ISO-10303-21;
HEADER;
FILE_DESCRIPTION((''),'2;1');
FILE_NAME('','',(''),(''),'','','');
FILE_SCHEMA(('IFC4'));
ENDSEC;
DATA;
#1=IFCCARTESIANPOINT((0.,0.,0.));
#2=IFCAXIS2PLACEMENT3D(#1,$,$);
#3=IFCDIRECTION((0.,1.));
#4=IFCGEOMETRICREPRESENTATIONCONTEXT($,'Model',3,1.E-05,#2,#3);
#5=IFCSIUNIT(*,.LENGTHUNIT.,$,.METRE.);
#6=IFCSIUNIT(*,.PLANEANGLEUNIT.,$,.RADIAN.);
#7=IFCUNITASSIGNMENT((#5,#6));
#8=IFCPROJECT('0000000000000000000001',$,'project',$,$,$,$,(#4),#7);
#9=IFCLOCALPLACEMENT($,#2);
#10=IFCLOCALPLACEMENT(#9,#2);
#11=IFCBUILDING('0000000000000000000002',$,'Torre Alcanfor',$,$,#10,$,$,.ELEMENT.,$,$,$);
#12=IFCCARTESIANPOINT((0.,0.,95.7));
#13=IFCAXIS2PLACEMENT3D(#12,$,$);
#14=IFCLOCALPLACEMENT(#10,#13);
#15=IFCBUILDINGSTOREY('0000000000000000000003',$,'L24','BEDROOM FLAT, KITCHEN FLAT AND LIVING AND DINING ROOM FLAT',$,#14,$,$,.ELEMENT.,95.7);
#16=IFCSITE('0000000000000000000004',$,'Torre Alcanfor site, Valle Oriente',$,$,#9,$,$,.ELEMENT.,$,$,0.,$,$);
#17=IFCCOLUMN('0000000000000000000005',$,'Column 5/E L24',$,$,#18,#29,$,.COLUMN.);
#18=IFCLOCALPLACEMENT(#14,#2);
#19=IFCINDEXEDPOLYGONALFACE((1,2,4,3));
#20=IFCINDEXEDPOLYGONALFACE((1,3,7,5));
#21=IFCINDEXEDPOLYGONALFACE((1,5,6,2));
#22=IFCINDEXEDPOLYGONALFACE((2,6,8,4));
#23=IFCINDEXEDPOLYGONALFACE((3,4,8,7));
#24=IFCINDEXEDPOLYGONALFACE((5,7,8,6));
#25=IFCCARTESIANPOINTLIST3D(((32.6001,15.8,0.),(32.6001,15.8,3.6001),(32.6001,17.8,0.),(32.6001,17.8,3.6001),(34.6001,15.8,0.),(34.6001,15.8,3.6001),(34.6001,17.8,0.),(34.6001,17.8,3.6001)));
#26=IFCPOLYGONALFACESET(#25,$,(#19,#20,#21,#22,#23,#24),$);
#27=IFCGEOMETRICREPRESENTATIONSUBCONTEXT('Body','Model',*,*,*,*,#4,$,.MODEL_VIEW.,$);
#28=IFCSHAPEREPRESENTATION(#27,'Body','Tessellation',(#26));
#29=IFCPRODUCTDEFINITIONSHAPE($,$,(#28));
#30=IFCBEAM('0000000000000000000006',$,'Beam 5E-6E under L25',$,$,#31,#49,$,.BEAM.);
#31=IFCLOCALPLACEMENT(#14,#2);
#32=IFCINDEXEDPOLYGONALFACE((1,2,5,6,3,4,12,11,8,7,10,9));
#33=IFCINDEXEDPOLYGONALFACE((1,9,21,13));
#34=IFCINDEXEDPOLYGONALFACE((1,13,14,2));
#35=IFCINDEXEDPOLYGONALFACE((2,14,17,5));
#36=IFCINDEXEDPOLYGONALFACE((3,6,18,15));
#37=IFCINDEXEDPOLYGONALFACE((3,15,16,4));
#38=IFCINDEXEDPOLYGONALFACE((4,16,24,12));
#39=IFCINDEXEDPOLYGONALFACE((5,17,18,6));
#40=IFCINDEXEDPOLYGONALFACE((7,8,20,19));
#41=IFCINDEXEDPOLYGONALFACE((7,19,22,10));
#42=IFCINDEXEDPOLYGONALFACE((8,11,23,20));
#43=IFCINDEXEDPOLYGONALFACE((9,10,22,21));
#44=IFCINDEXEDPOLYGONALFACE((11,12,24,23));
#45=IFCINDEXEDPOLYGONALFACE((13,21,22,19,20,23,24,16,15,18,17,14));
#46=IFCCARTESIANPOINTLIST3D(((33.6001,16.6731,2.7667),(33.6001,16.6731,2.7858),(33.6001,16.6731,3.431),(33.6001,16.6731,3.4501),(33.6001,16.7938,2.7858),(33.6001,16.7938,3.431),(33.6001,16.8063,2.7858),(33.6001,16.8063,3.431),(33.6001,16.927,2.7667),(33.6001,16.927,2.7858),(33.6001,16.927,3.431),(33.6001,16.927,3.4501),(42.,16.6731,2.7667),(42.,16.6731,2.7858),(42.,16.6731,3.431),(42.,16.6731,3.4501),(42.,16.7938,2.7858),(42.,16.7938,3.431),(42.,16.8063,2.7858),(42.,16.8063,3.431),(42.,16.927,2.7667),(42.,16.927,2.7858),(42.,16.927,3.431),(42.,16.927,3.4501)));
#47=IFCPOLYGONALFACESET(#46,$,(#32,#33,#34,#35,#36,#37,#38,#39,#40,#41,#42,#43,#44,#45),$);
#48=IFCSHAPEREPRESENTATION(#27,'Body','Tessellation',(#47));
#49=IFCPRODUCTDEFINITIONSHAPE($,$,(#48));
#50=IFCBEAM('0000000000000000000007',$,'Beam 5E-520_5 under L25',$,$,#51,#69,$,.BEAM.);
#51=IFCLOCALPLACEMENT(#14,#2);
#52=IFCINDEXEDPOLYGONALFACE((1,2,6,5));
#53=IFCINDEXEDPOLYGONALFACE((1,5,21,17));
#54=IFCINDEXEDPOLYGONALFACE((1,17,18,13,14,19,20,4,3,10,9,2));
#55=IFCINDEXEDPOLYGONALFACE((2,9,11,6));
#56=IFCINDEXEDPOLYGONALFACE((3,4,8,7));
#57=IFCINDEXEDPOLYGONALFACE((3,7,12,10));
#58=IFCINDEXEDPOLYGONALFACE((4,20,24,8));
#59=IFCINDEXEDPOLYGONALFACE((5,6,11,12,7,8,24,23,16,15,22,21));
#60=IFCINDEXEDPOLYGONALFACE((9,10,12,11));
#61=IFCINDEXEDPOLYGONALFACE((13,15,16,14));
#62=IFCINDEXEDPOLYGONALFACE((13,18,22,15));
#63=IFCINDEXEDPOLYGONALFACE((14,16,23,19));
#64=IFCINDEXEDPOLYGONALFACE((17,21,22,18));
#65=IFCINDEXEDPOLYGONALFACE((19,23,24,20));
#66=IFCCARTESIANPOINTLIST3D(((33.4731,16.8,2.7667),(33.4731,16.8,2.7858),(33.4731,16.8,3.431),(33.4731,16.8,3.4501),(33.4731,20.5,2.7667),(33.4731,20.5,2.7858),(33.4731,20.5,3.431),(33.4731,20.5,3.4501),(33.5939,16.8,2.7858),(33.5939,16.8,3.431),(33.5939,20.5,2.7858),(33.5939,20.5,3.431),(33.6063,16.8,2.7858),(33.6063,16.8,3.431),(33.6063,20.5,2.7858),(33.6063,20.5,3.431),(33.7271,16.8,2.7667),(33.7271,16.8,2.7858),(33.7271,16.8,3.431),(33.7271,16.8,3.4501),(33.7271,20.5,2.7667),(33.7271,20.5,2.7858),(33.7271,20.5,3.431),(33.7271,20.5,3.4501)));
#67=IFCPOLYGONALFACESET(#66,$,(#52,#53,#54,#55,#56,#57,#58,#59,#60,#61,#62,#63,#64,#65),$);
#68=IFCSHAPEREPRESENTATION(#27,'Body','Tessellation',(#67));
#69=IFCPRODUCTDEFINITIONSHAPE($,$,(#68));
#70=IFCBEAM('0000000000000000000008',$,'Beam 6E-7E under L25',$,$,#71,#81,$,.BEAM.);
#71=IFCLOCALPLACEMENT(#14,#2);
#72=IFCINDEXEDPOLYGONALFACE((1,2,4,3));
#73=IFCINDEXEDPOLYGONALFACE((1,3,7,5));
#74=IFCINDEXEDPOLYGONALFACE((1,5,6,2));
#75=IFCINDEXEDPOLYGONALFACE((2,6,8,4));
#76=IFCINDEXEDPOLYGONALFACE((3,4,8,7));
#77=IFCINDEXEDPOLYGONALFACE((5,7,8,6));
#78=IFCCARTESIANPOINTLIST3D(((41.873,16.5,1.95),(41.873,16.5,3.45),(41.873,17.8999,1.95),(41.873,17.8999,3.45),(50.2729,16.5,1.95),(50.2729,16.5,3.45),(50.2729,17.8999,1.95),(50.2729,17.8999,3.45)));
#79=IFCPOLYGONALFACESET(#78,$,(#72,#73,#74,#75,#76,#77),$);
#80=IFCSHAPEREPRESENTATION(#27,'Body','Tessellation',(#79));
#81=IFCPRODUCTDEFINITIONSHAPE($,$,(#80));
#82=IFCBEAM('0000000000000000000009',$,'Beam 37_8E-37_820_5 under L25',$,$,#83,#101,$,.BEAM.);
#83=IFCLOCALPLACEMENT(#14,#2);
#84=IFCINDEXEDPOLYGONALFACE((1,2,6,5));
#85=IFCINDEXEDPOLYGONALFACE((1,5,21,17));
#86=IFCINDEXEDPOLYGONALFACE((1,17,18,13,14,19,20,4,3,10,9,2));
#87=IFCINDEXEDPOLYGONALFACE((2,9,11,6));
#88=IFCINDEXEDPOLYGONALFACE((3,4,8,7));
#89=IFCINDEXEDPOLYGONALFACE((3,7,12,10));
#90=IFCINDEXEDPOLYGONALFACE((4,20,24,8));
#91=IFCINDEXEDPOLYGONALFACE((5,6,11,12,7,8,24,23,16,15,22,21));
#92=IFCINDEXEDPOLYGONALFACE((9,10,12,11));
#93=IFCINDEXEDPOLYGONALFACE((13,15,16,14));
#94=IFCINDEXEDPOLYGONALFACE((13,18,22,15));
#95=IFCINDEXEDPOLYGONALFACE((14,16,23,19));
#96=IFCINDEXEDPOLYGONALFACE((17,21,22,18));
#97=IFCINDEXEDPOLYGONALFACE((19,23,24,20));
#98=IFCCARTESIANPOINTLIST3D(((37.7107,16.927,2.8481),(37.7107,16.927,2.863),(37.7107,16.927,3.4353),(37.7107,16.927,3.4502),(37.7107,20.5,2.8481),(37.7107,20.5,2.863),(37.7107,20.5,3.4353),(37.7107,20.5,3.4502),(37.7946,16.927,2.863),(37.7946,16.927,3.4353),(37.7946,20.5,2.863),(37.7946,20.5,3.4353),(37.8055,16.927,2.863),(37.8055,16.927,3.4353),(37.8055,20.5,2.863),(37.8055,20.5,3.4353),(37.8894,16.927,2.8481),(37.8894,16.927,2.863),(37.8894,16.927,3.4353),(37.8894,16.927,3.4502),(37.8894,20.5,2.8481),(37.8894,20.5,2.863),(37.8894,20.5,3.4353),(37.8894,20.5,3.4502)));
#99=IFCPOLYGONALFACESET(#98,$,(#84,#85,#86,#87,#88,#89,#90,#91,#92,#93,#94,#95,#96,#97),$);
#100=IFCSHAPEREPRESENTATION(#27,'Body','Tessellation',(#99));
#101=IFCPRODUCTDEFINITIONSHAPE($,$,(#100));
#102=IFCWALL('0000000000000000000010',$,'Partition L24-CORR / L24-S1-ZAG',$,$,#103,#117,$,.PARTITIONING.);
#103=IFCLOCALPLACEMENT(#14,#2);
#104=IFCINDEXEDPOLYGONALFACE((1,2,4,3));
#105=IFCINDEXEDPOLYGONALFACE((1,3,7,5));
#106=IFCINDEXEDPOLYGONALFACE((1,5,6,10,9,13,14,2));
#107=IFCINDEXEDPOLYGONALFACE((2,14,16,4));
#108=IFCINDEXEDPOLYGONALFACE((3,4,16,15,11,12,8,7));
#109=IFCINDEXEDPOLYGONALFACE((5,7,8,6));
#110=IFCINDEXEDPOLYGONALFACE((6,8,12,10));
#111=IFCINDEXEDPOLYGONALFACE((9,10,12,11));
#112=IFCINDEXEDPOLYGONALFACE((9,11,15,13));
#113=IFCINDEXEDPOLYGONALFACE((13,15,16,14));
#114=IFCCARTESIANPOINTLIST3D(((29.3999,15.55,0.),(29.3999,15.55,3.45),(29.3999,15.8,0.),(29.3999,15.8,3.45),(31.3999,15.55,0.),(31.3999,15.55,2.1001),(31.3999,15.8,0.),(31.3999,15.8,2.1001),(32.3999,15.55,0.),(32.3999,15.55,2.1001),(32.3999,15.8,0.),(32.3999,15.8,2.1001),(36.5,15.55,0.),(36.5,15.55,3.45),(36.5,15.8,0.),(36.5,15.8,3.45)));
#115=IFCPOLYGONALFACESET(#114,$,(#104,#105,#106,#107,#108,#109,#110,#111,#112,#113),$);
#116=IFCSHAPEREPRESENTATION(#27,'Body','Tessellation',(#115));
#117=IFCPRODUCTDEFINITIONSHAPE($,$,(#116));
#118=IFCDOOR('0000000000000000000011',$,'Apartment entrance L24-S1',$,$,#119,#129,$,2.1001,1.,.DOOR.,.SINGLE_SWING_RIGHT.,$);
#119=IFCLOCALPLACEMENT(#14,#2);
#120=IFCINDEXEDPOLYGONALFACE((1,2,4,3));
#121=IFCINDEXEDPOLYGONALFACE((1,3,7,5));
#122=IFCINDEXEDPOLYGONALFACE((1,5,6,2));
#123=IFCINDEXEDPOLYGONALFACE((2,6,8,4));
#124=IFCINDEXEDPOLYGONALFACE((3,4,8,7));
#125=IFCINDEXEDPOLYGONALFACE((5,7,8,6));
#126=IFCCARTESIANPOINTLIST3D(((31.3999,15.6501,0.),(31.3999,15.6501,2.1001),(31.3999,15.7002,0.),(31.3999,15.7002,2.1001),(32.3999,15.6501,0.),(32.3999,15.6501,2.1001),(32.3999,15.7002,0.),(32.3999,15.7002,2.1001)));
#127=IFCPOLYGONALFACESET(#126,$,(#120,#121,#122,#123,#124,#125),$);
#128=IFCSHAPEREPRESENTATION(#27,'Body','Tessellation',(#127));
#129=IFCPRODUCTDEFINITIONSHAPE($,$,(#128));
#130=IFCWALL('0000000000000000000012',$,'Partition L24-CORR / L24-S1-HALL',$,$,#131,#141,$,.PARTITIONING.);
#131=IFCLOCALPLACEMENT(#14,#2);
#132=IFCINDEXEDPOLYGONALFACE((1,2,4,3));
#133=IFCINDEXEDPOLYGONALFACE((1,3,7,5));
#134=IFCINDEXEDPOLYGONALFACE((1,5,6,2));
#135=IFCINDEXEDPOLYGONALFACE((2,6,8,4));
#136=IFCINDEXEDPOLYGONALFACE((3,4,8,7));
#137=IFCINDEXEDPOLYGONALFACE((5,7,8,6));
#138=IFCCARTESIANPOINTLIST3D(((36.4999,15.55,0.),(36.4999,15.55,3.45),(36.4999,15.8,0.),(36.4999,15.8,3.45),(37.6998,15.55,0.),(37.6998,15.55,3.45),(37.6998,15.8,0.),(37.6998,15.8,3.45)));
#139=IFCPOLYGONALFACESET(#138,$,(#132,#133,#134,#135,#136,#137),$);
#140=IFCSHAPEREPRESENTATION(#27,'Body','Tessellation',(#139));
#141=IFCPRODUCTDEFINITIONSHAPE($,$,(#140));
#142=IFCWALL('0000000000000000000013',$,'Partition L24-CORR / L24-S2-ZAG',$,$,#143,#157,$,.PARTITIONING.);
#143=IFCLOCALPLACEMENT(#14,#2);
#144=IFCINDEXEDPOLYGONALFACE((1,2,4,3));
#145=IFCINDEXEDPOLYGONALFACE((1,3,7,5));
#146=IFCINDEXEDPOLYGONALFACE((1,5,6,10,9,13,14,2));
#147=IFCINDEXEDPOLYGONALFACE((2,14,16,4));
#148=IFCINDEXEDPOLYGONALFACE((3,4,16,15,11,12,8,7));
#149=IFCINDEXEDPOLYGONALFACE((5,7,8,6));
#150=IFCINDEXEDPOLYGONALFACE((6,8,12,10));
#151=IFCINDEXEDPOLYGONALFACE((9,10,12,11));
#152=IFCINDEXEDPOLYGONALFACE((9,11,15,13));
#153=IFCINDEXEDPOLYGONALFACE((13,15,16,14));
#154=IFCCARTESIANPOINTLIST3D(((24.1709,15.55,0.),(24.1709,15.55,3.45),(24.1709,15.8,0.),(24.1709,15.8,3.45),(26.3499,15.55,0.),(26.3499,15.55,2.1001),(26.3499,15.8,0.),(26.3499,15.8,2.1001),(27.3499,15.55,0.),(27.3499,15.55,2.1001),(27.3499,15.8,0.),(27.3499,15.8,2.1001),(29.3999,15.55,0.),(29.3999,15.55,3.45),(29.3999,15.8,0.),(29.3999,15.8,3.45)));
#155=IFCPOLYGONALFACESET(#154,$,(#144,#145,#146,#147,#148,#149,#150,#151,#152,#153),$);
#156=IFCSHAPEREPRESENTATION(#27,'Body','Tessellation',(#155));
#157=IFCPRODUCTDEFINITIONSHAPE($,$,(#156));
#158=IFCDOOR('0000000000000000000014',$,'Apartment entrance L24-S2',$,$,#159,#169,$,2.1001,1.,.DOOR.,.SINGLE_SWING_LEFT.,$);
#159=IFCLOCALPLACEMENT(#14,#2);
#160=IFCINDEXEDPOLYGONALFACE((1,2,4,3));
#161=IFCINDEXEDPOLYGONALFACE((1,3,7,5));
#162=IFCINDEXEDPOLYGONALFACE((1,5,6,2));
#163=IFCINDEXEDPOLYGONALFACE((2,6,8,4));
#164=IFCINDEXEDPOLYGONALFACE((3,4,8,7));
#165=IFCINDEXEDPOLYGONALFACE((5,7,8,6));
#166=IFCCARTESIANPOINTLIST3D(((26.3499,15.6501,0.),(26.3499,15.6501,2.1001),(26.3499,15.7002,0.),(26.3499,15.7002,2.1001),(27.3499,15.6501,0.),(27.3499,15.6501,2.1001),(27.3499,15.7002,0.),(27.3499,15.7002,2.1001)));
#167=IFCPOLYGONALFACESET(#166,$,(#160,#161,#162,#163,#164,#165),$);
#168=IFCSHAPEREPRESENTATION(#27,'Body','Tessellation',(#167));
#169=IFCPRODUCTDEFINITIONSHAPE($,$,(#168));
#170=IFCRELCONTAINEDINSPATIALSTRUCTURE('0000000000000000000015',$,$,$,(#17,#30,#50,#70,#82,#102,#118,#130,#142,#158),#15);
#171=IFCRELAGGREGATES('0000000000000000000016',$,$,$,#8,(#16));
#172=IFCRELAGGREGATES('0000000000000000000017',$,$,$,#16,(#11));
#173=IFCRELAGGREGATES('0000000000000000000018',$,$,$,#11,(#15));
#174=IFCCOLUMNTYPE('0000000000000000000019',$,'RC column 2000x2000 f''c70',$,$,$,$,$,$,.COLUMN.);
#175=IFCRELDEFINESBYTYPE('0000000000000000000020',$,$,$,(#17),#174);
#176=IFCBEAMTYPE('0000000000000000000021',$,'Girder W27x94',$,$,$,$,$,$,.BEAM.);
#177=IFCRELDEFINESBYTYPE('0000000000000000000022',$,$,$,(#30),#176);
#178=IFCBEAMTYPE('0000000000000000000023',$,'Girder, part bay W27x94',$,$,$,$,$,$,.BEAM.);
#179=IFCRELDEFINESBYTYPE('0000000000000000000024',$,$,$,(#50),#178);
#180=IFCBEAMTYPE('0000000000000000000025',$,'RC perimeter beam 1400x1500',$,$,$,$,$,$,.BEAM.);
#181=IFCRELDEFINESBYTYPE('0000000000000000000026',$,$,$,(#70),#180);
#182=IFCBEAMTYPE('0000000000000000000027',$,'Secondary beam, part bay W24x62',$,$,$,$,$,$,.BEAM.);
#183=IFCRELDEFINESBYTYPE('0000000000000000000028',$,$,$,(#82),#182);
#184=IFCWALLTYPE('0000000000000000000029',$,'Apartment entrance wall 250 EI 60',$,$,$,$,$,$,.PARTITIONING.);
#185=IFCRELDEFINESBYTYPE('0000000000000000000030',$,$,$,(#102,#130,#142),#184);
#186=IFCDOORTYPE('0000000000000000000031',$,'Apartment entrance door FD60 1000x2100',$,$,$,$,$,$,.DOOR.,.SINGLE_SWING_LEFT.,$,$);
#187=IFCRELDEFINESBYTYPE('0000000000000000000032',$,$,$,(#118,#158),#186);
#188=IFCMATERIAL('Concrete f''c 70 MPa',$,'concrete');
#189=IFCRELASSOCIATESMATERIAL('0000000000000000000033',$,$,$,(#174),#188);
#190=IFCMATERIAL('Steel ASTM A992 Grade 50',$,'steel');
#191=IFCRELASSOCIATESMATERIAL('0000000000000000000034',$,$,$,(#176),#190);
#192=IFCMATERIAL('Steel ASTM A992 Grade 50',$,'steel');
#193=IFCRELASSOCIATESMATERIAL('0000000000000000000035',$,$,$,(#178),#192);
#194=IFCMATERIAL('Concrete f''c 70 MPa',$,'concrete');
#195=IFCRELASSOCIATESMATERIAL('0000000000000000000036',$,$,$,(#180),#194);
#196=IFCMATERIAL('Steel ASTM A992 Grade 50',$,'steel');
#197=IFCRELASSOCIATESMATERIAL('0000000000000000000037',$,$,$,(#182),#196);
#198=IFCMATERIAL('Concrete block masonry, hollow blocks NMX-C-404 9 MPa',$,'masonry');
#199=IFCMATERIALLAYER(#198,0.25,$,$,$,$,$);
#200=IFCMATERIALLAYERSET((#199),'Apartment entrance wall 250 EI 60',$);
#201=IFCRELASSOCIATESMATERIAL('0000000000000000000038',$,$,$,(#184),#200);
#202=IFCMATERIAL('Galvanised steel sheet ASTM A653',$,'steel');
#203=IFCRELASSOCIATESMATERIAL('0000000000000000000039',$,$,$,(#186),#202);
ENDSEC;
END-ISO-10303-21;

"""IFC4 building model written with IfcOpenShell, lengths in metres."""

from ifc_helpers import new_model, si_unit, direction, frame, frame_2d, origin, origin_2d, place, context, subcontext, project, spatial, rectangle, i_section, extrude, material, layer, layer_set, material_profile, profile_set, type_object, element, fill, save


model = new_model("IFC4")

# Units and contexts
model_context = context("Model", 3, precision=1e-05, world=origin(), true_north=direction((0.0, 1.0)))
body_context = subcontext(model_context, "Body", "Model", "MODEL_VIEW")
ifc_project = project(units=[si_unit("LENGTHUNIT", "METRE"), si_unit("PLANEANGLEUNIT", "RADIAN")], contexts=[model_context])

# Site, building, storey
site_placement = place(None, origin())
site = spatial("IfcSite", under=ifc_project, at=site_placement, Name="Torre Alcanfor site, Valle Oriente", CompositionType="ELEMENT", RefElevation=0.0)
building_placement = place(site_placement, origin())
building = spatial("IfcBuilding", under=site, at=building_placement, Name="Torre Alcanfor", CompositionType="ELEMENT")
storey_placement = place(building_placement, frame((0.0, 0.0, 95.7)))
storey = spatial("IfcBuildingStorey", under=building, at=storey_placement, Name="L24", Description="BEDROOM FLAT, KITCHEN FLAT AND LIVING AND DINING ROOM FLAT", CompositionType="ELEMENT", Elevation=95.7)

# Column
ifc_material_1 = material(Name="Concrete f'c 70 MPa", Category="concrete")
ifc_material_profile_1 = material_profile(ifc_material_1, rectangle(XDim=2.0, YDim=2.0, at=origin_2d()), Name="2000x2000")
ifc_profile_set_1 = profile_set([ifc_material_profile_1], Name="Concrete f'c 70 MPa")
column_type = type_object("IfcColumnType", Name="RC column 2000x2000 f'c70", PredefinedType="COLUMN", material=ifc_profile_set_1)
column_placement = place(storey_placement, frame((33.6001, 16.8, 0.0), z_axis=(0.0, 0.0, 1.0), x_axis=(1.0, 0.0, 0.0)))
element("IfcColumn", 1, at=column_placement, inside=storey, type_object=column_type, Name="Column 5/E L24", PredefinedType="COLUMN", context=body_context, shape_type="SweptSolid", body=[
    extrude(rectangle(XDim=2.0, YDim=2.0, at=origin_2d()), origin(), (0.0, 0.0, 1.0), 3.6001),
])

# Beams
ifc_material_2 = material(Name="Steel ASTM A992 Grade 50", Category="steel")
ifc_material_profile_2 = material_profile(ifc_material_2, i_section(OverallWidth=0.2539, OverallDepth=0.6833, WebThickness=0.0125, FlangeThickness=0.019, at=origin_2d()), Name="W27x94")
ifc_profile_set_2 = profile_set([ifc_material_profile_2], Name="Steel ASTM A992 Grade 50")
beam_type_1 = type_object("IfcBeamType", Name="Girder W27x94", PredefinedType="BEAM", material=ifc_profile_set_2)
beam_1_placement = place(storey_placement, frame((33.6001, 16.8, 3.1084), z_axis=(1.0, 0.0, 0.0), x_axis=(0.0, 1.0, 0.0)))
element("IfcBeam", 2, at=beam_1_placement, inside=storey, type_object=beam_type_1, Name="Beam 5E-6E under L25", PredefinedType="BEAM", context=body_context, shape_type="SweptSolid", body=[
    extrude(i_section(OverallWidth=0.2539, OverallDepth=0.6833, WebThickness=0.0125, FlangeThickness=0.019, at=origin_2d()), origin(), (0.0, 0.0, 1.0), 8.3999),
])
ifc_material_3 = material(Name="Steel ASTM A992 Grade 50", Category="steel")
ifc_material_profile_3 = material_profile(ifc_material_3, i_section(OverallWidth=0.2539, OverallDepth=0.6833, WebThickness=0.0125, FlangeThickness=0.019, at=origin_2d()), Name="W27x94")
ifc_profile_set_3 = profile_set([ifc_material_profile_3], Name="Steel ASTM A992 Grade 50")
beam_type_2 = type_object("IfcBeamType", Name="Girder, part bay W27x94", PredefinedType="BEAM", material=ifc_profile_set_3)
beam_2_placement = place(storey_placement, frame((33.6001, 16.8, 3.1084), z_axis=(0.0, 1.0, 0.0), x_axis=(-1.0, 0.0, 0.0)))
element("IfcBeam", 3, at=beam_2_placement, inside=storey, type_object=beam_type_2, Name="Beam 5E-520_5 under L25", PredefinedType="BEAM", context=body_context, shape_type="SweptSolid", body=[
    extrude(i_section(OverallWidth=0.2539, OverallDepth=0.6833, WebThickness=0.0125, FlangeThickness=0.019, at=origin_2d()), origin(), (0.0, 0.0, 1.0), 3.7),
])
ifc_material_4 = material(Name="Concrete f'c 70 MPa", Category="concrete")
ifc_material_profile_4 = material_profile(ifc_material_4, rectangle(XDim=1.3999, YDim=1.5, at=origin_2d()), Name="1400x1500")
ifc_profile_set_4 = profile_set([ifc_material_profile_4], Name="Concrete f'c 70 MPa")
beam_type_3 = type_object("IfcBeamType", Name="RC perimeter beam 1400x1500", PredefinedType="BEAM", material=ifc_profile_set_4)
beam_3_placement = place(storey_placement, frame((41.873, 17.2, 2.7), z_axis=(1.0, 0.0, 0.0), x_axis=(0.0, 1.0, 0.0)))
element("IfcBeam", 4, at=beam_3_placement, inside=storey, type_object=beam_type_3, Name="Beam 6E-7E under L25", PredefinedType="BEAM", context=body_context, shape_type="SweptSolid", body=[
    extrude(rectangle(XDim=1.3999, YDim=1.5, at=origin_2d()), origin(), (0.0, 0.0, 1.0), 8.3999),
])
ifc_material_5 = material(Name="Steel ASTM A992 Grade 50", Category="steel")
ifc_material_profile_5 = material_profile(ifc_material_5, i_section(OverallWidth=0.1787, OverallDepth=0.6021, WebThickness=0.011, FlangeThickness=0.0149, at=origin_2d()), Name="W24x62")
ifc_profile_set_5 = profile_set([ifc_material_profile_5], Name="Steel ASTM A992 Grade 50")
beam_type_4 = type_object("IfcBeamType", Name="Secondary beam, part bay W24x62", PredefinedType="BEAM", material=ifc_profile_set_5)
beam_4_placement = place(storey_placement, frame((37.8, 16.927, 3.1492), z_axis=(0.0, 1.0, 0.0), x_axis=(-1.0, 0.0, 0.0)))
element("IfcBeam", 5, at=beam_4_placement, inside=storey, type_object=beam_type_4, Name="Beam 37_8E-37_820_5 under L25", PredefinedType="BEAM", context=body_context, shape_type="SweptSolid", body=[
    extrude(i_section(OverallWidth=0.1787, OverallDepth=0.6021, WebThickness=0.011, FlangeThickness=0.0149, at=origin_2d()), origin(), (0.0, 0.0, 1.0), 3.573),
])

# Wall, opening, door
ifc_material_6 = material(Name="Concrete block masonry, hollow blocks NMX-C-404 9 MPa", Category="masonry")
ifc_layer_1 = layer(ifc_material_6, 0.25)
ifc_layer_set_1 = layer_set([ifc_layer_1], Name="Apartment entrance wall 250 EI 60")
wall_type_1 = type_object("IfcWallType", Name="Apartment entrance wall 250 EI 60", PredefinedType="PARTITIONING", material=ifc_layer_set_1)
wall_1_placement = place(storey_placement, frame((36.5, 15.675, 0.0), z_axis=(0.0, 0.0, 1.0), x_axis=(-1.0, 0.0, 0.0)))
wall_1 = element("IfcWall", 6, at=wall_1_placement, inside=storey, type_object=wall_type_1, Name="Partition L24-CORR / L24-S1-ZAG", PredefinedType="PARTITIONING", context=body_context, shape_type="SweptSolid", body=[
    extrude(rectangle(XDim=7.1001, YDim=0.25, at=frame_2d((3.55, 0.0))), origin(), (0.0, 0.0, 1.0), 3.45),
])
opening_1_placement = place(wall_1_placement, frame((4.1001, 0.0, 0.0)))
opening_1 = element("IfcOpeningElement", 7, at=opening_1_placement, cuts=wall_1, PredefinedType="OPENING", context=body_context, shape_type="SweptSolid", body=[
    extrude(rectangle(XDim=1.0, YDim=2.1001, at=frame_2d((0.5, 1.05))), frame((0.0, 0.135, 0.0), z_axis=(0.0, -1.0, 0.0), x_axis=(1.0, 0.0, 0.0)), (0.0, 0.0, 1.0), 0.27),
])
ifc_material_7 = material(Name="Galvanised steel sheet ASTM A653", Category="steel")
door_type_1 = type_object("IfcDoorType", Name="Apartment entrance door FD60 1000x2100", OperationType="SINGLE_SWING_LEFT", PredefinedType="DOOR", material=ifc_material_7)
door_1_placement = place(opening_1_placement, origin())
door_1 = element("IfcDoor", 8, at=door_1_placement, inside=storey, type_object=door_type_1, Name="Apartment entrance L24-S1", OperationType="SINGLE_SWING_RIGHT", OverallHeight=2.1001, OverallWidth=1.0, PredefinedType="DOOR", context=body_context, shape_type="SweptSolid", body=[
    extrude(rectangle(XDim=1.0, YDim=2.1001, at=frame_2d((0.5, 1.05))), frame((0.0, 0.0249, 0.0), z_axis=(0.0, -1.0, 0.0), x_axis=(1.0, 0.0, 0.0)), (0.0, 0.0, 1.0), 0.05),
])
fill(opening_1, door_1)

# Wall
wall_2_placement = place(storey_placement, frame((37.7, 15.675, 0.0), z_axis=(0.0, 0.0, 1.0), x_axis=(-1.0, 0.0, 0.0)))
element("IfcWall", 9, at=wall_2_placement, inside=storey, type_object=wall_type_1, Name="Partition L24-CORR / L24-S1-HALL", PredefinedType="PARTITIONING", context=body_context, shape_type="SweptSolid", body=[
    extrude(rectangle(XDim=1.2, YDim=0.25, at=frame_2d((0.6001, 0.0))), origin(), (0.0, 0.0, 1.0), 3.45),
])

# Wall, opening, door
wall_3_placement = place(storey_placement, frame((29.3999, 15.675, 0.0), z_axis=(0.0, 0.0, 1.0), x_axis=(-1.0, 0.0, 0.0)))
wall_3 = element("IfcWall", 10, at=wall_3_placement, inside=storey, type_object=wall_type_1, Name="Partition L24-CORR / L24-S2-ZAG", PredefinedType="PARTITIONING", context=body_context, shape_type="SweptSolid", body=[
    extrude(rectangle(XDim=5.229, YDim=0.25, at=frame_2d((2.6145, 0.0))), origin(), (0.0, 0.0, 1.0), 3.45),
])
opening_2_placement = place(wall_3_placement, frame((2.05, 0.0, 0.0)))
opening_2 = element("IfcOpeningElement", 11, at=opening_2_placement, cuts=wall_3, PredefinedType="OPENING", context=body_context, shape_type="SweptSolid", body=[
    extrude(rectangle(XDim=1.0, YDim=2.1001, at=frame_2d((0.5, 1.05))), frame((0.0, 0.135, 0.0), z_axis=(0.0, -1.0, 0.0), x_axis=(1.0, 0.0, 0.0)), (0.0, 0.0, 1.0), 0.27),
])
door_2_placement = place(opening_2_placement, origin())
door_2 = element("IfcDoor", 12, at=door_2_placement, inside=storey, type_object=door_type_1, Name="Apartment entrance L24-S2", OperationType="SINGLE_SWING_LEFT", OverallHeight=2.1001, OverallWidth=1.0, PredefinedType="DOOR", context=body_context, shape_type="SweptSolid", body=[
    extrude(rectangle(XDim=1.0, YDim=2.1001, at=frame_2d((0.5, 1.05))), frame((0.0, 0.0249, 0.0), z_axis=(0.0, -1.0, 0.0), x_axis=(1.0, 0.0, 0.0)), (0.0, 0.0, 1.0), 0.05),
])
fill(opening_2, door_2)

save(model, "model.ifc")
